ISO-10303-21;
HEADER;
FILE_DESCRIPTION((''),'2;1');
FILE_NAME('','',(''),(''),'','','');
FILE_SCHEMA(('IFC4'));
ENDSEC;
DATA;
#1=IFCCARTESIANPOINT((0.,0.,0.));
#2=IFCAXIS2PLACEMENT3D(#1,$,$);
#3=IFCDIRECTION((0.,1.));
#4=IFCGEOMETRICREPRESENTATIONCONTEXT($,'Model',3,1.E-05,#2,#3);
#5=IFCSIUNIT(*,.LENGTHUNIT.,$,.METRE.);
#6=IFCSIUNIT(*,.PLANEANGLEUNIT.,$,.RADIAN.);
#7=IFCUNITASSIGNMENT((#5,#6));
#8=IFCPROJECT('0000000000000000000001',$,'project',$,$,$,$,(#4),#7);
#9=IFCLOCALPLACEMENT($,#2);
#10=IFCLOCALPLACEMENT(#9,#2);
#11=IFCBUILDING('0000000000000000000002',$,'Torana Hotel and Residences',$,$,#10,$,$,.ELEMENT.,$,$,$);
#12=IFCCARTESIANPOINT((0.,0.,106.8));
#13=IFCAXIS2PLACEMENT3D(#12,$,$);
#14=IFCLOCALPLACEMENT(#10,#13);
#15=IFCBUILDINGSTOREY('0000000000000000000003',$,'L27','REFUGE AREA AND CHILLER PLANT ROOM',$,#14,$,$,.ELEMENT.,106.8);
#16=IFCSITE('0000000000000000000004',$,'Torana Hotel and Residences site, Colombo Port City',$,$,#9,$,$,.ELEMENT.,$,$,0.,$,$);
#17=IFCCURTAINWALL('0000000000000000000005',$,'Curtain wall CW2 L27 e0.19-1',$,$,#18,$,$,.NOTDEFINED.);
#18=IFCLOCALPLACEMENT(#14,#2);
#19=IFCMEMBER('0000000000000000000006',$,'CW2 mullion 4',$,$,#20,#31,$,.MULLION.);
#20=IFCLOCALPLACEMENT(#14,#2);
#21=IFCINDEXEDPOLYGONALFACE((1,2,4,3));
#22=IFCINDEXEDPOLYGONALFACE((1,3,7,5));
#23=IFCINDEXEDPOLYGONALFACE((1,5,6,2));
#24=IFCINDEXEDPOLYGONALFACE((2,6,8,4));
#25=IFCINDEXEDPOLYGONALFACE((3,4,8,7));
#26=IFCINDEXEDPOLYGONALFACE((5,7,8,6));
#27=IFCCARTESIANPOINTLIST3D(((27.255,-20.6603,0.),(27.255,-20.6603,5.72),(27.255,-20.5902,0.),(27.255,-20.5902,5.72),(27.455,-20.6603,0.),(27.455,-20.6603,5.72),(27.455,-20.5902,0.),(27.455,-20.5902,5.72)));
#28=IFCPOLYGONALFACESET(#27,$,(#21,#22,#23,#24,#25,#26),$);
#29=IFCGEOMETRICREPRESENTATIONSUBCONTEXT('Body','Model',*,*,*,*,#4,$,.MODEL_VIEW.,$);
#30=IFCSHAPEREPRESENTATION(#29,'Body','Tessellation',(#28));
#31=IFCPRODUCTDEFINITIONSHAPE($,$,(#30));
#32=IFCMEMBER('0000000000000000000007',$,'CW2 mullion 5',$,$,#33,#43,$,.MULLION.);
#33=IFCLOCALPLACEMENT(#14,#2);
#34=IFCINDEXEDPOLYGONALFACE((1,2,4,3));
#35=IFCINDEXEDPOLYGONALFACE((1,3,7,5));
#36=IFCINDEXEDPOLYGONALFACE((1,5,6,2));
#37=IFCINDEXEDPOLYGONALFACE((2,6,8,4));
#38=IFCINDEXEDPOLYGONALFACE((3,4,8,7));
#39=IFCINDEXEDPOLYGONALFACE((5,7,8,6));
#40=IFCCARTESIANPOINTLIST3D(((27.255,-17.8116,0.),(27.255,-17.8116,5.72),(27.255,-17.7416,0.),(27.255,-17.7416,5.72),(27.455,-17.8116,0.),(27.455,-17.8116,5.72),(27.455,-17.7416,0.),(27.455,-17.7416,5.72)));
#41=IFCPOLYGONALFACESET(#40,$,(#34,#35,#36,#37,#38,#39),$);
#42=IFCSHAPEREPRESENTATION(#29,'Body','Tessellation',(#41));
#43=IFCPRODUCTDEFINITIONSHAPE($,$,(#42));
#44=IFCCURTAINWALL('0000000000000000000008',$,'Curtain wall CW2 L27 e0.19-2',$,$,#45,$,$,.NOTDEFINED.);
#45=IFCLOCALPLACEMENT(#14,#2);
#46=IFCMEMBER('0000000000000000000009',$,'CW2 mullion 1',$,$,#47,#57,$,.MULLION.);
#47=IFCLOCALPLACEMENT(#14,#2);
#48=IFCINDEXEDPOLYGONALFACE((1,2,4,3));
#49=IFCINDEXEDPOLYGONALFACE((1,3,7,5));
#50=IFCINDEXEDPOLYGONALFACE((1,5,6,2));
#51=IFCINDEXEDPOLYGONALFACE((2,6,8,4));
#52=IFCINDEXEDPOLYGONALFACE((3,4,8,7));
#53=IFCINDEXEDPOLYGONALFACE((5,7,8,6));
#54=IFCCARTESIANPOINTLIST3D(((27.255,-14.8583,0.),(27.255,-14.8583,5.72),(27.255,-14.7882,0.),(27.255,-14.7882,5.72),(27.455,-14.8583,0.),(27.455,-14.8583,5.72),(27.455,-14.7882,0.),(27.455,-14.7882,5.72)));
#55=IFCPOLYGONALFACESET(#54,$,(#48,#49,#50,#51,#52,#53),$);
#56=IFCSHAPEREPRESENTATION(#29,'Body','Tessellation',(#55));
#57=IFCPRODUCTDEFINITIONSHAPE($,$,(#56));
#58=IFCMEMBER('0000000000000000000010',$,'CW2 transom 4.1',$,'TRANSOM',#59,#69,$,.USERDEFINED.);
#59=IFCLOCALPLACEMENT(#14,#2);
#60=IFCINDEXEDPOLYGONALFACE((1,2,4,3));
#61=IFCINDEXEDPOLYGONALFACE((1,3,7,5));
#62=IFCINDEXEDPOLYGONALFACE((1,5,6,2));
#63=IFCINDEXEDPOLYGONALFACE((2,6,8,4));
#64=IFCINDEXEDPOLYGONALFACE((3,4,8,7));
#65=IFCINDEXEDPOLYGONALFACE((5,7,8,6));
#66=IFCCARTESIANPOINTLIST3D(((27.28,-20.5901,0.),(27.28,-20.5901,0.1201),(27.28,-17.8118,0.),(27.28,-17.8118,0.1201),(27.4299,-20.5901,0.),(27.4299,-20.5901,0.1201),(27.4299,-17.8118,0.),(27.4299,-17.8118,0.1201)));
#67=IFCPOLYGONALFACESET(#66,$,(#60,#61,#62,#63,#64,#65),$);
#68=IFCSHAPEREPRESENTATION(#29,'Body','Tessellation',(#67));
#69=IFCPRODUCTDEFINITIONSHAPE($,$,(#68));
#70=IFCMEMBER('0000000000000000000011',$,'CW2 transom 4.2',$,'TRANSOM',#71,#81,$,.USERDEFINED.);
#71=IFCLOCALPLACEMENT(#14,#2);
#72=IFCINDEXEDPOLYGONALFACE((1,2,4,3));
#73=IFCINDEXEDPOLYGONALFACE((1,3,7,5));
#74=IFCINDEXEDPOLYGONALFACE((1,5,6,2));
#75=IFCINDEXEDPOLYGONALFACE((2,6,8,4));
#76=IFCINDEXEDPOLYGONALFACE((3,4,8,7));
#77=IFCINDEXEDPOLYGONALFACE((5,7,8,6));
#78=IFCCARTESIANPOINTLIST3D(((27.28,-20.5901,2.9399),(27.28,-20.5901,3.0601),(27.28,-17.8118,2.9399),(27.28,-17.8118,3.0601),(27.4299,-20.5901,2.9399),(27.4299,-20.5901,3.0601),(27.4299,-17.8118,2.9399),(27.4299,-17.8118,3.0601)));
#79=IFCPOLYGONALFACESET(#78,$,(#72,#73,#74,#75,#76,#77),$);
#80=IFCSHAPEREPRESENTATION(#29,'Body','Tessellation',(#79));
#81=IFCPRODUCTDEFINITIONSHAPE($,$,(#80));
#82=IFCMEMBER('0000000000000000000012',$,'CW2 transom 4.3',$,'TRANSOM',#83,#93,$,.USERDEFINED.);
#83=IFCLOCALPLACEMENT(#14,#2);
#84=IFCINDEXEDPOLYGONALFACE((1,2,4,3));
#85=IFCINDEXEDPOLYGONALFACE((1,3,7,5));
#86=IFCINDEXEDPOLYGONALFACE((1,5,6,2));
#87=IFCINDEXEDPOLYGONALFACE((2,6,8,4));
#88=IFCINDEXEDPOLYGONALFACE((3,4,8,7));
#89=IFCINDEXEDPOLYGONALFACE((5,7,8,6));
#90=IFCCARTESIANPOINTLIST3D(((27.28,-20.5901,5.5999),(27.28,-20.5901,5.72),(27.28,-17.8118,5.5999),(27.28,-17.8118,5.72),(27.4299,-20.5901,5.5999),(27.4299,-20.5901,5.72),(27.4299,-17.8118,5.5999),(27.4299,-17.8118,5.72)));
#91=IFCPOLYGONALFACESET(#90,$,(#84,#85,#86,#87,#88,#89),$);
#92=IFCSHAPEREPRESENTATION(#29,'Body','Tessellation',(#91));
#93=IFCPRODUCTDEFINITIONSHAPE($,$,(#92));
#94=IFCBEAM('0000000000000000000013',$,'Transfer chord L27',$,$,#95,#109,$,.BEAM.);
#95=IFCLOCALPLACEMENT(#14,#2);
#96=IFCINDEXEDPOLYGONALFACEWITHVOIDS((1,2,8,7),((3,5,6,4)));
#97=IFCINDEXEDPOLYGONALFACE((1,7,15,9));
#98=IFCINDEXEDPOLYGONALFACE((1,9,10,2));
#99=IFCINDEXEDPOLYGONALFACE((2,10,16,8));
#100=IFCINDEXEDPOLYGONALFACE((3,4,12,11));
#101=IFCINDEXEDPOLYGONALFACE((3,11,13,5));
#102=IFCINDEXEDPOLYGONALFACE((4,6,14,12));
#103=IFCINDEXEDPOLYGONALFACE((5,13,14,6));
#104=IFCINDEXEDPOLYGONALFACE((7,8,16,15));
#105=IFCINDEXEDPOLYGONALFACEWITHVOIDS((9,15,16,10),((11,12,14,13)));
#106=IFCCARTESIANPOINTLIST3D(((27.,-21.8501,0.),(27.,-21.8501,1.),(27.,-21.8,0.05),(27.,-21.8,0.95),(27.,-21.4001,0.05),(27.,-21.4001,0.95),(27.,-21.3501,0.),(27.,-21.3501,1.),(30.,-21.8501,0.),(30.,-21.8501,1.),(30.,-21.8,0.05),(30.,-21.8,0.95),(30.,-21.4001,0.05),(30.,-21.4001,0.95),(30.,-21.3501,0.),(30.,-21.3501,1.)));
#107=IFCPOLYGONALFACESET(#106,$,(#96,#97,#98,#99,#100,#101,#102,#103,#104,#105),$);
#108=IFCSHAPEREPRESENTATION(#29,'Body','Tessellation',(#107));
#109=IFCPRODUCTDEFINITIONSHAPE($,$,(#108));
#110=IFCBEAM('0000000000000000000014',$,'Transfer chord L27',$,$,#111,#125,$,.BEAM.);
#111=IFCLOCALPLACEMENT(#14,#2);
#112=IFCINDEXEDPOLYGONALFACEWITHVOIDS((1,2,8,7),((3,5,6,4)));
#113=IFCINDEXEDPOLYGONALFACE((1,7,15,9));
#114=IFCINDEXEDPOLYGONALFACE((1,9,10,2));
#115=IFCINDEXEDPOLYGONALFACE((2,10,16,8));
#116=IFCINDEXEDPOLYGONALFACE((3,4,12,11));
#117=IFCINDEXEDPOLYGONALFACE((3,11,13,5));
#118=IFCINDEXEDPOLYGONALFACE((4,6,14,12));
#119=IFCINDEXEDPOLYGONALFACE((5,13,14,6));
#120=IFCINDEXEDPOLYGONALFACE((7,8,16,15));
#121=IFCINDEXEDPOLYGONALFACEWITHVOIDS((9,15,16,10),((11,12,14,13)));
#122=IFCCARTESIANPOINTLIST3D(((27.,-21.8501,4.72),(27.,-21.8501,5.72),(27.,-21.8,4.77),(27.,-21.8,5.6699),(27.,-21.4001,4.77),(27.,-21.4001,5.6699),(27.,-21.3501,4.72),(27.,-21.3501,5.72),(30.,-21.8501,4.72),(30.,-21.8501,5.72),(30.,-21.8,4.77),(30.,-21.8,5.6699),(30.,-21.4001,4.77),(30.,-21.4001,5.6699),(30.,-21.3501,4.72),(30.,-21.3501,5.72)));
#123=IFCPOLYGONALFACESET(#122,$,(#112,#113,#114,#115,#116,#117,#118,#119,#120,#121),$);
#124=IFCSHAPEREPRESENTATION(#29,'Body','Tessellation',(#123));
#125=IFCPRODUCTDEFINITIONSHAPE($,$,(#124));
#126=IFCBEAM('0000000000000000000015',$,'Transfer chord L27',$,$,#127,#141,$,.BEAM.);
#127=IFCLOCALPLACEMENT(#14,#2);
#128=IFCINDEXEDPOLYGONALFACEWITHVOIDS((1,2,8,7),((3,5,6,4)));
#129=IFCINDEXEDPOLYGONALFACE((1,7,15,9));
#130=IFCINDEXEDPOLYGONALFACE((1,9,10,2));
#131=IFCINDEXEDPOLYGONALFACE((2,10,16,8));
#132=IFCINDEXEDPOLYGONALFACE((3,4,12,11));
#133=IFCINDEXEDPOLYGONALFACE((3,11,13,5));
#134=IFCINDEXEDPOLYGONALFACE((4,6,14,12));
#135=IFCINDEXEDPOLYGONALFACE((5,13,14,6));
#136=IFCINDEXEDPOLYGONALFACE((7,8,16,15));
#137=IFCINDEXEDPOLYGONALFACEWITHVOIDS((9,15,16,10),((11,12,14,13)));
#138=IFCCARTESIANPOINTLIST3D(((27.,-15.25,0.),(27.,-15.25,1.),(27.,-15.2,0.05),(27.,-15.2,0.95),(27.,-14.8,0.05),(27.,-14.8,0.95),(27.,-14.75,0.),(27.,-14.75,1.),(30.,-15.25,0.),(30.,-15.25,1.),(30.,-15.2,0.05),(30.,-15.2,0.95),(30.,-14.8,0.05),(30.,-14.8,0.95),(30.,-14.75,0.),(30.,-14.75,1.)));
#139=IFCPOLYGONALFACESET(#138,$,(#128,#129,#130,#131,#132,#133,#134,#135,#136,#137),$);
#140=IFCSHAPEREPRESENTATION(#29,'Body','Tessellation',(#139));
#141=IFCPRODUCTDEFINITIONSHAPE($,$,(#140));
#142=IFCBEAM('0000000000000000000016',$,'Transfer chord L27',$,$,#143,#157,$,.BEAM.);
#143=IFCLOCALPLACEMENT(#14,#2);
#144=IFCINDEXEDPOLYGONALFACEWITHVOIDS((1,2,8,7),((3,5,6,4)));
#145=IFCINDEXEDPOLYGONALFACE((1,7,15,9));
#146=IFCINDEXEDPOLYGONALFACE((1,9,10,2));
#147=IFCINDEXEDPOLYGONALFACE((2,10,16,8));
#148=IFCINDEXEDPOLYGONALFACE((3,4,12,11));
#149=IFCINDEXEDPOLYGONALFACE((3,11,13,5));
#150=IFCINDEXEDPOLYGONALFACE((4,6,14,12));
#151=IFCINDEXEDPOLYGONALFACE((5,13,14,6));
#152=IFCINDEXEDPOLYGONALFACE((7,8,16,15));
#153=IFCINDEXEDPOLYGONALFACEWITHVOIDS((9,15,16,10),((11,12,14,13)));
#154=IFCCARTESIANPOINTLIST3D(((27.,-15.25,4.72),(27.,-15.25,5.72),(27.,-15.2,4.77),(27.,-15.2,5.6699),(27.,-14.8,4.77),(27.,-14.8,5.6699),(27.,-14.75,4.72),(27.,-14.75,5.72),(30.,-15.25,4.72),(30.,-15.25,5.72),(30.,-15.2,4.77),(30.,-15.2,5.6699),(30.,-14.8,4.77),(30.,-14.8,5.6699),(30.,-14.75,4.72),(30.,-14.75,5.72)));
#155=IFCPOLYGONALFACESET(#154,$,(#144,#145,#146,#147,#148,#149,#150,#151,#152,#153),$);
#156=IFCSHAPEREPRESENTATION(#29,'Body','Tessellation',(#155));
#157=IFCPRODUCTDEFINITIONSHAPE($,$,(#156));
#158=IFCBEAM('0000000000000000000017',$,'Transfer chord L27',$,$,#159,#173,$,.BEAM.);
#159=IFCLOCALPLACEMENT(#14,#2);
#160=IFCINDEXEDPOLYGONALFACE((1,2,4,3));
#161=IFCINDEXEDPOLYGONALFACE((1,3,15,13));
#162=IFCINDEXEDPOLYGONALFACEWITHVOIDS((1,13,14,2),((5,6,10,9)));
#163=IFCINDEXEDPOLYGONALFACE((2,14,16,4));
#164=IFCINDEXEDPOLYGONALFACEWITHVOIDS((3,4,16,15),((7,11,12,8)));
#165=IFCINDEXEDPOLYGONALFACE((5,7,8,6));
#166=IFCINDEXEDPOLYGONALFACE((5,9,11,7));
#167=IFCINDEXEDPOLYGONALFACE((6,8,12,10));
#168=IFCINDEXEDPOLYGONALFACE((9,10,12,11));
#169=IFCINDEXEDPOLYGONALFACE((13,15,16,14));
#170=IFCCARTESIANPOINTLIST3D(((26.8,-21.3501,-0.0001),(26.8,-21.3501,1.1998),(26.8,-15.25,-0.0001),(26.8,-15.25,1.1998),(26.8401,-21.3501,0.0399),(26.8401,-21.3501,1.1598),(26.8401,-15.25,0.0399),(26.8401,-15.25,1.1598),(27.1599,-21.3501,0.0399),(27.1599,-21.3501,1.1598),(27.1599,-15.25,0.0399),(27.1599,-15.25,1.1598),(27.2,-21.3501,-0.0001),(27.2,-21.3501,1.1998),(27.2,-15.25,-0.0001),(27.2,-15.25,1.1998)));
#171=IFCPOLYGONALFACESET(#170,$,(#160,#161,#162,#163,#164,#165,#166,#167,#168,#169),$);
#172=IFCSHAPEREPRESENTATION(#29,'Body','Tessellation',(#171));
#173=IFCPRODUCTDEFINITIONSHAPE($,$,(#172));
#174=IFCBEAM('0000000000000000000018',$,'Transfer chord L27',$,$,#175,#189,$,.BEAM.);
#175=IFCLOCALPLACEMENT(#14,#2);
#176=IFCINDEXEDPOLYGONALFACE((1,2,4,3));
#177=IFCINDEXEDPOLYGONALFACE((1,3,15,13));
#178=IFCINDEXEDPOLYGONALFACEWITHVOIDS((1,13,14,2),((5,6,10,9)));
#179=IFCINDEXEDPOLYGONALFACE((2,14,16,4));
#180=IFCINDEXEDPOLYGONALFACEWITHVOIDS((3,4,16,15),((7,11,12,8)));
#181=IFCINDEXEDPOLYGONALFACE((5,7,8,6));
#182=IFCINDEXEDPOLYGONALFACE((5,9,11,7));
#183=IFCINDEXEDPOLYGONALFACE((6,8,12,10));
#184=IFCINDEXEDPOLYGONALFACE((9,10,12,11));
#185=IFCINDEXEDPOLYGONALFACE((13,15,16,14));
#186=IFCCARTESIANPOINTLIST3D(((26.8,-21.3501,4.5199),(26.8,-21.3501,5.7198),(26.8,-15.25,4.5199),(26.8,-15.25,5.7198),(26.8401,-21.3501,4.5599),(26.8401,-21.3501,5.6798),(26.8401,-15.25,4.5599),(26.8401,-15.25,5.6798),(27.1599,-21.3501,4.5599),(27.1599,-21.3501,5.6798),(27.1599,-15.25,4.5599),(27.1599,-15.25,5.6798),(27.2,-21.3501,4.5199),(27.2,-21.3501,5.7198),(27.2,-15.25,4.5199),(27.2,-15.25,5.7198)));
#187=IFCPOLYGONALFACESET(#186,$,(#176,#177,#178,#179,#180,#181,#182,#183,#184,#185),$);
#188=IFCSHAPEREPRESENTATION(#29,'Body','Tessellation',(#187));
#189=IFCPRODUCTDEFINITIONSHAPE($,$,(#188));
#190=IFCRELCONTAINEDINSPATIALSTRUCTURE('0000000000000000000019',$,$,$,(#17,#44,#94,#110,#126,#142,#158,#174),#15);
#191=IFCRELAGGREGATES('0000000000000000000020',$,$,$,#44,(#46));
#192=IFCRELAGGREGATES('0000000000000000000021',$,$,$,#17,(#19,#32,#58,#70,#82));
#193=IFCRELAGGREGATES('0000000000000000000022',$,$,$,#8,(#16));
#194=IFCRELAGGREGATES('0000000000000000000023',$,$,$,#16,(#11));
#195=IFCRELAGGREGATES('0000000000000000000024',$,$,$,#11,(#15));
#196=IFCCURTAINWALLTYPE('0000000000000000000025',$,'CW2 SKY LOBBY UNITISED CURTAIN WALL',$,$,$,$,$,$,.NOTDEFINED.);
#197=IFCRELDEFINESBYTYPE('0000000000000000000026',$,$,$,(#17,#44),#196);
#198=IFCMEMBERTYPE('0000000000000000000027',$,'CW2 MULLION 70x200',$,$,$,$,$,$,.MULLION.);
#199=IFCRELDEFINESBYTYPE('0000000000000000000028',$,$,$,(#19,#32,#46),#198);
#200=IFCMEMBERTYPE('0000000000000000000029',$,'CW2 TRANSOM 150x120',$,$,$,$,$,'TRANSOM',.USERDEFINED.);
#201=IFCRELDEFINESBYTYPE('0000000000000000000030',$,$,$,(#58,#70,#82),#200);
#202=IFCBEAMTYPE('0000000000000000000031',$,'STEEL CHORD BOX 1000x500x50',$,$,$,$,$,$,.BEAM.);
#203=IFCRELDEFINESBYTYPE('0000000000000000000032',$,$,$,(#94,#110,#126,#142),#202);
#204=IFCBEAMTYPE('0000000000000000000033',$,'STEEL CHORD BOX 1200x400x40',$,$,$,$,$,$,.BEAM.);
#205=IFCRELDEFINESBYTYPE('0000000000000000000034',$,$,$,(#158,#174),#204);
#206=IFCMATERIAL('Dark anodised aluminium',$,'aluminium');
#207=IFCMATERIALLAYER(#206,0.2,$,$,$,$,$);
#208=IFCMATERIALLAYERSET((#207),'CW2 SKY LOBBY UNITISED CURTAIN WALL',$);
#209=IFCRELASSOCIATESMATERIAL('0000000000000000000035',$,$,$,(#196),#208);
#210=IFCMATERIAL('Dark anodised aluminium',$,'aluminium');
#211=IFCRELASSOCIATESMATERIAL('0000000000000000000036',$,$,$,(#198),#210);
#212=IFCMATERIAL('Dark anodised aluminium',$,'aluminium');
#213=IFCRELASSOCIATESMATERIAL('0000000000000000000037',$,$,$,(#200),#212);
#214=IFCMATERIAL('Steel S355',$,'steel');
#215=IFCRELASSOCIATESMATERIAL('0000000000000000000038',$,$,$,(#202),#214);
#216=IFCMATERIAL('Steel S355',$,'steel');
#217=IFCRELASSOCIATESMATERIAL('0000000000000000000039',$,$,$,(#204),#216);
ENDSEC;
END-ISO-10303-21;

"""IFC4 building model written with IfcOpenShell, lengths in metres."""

from ifc_helpers import new_model, si_unit, direction, frame, origin, origin_2d, place, context, subcontext, project, spatial, rectangle, hollow_rectangle, extrude, material, layer, layer_set, material_profile, profile_set, type_object, element, aggregate, save


model = new_model("IFC4")

# Units and contexts
model_context = context("Model", 3, precision=1e-05, world=origin(), true_north=direction((0.0, 1.0)))
body_context = subcontext(model_context, "Body", "Model", "MODEL_VIEW")
ifc_project = project(units=[si_unit("LENGTHUNIT", "METRE"), si_unit("PLANEANGLEUNIT", "RADIAN")], contexts=[model_context])

# Site, building, storey
site_placement = place(None, origin())
site = spatial("IfcSite", under=ifc_project, at=site_placement, Name="Torana Hotel and Residences site, Colombo Port City", CompositionType="ELEMENT", RefElevation=0.0)
building_placement = place(site_placement, origin())
building = spatial("IfcBuilding", under=site, at=building_placement, Name="Torana Hotel and Residences", CompositionType="ELEMENT")
storey_placement = place(building_placement, frame((0.0, 0.0, 106.8)))
storey = spatial("IfcBuildingStorey", under=building, at=storey_placement, Name="L27", Description="REFUGE AREA AND CHILLER PLANT ROOM", CompositionType="ELEMENT", Elevation=106.8)

# Curtain wall, members
ifc_material_1 = material(Name="Dark anodised aluminium", Category="aluminium")
ifc_layer_1 = layer(ifc_material_1, 0.2)
ifc_layer_set_1 = layer_set([ifc_layer_1], Name="CW2 SKY LOBBY UNITISED CURTAIN WALL")
curtain_wall_type = type_object("IfcCurtainWallType", Name="CW2 SKY LOBBY UNITISED CURTAIN WALL", PredefinedType="NOTDEFINED", material=ifc_layer_set_1)
curtain_wall_1_placement = place(storey_placement, origin())
curtain_wall_1 = element("IfcCurtainWall", 1, at=curtain_wall_1_placement, inside=storey, type_object=curtain_wall_type, Name="Curtain wall CW2 L27 e0.19-1", PredefinedType="NOTDEFINED")
ifc_material_2 = material(Name="Dark anodised aluminium", Category="aluminium")
ifc_material_profile_1 = material_profile(ifc_material_2, rectangle(XDim=0.2, YDim=0.0701, at=origin_2d()), Name="CW2 MULLION 70x200")
ifc_profile_set_1 = profile_set([ifc_material_profile_1], Name="Dark anodised aluminium")
member_type_1 = type_object("IfcMemberType", Name="CW2 MULLION 70x200", PredefinedType="MULLION", material=ifc_profile_set_1)
member_1_placement = place(storey_placement, frame((27.355, -20.6252, 0.0), z_axis=(0.0, 0.0, 1.0), x_axis=(-1.0, 0.0, 0.0)))
member_1 = element("IfcMember", 2, at=member_1_placement, type_object=member_type_1, Name="CW2 mullion 4", PredefinedType="MULLION", context=body_context, shape_type="SweptSolid", body=[
    extrude(rectangle(XDim=0.2, YDim=0.0701, at=origin_2d()), origin(), (0.0, 0.0, 1.0), 5.72),
])
member_2_placement = place(storey_placement, frame((27.355, -17.7766, 0.0), z_axis=(0.0, 0.0, 1.0), x_axis=(-1.0, 0.0, 0.0)))
member_2 = element("IfcMember", 3, at=member_2_placement, type_object=member_type_1, Name="CW2 mullion 5", PredefinedType="MULLION", context=body_context, shape_type="SweptSolid", body=[
    extrude(rectangle(XDim=0.2, YDim=0.0701, at=origin_2d()), origin(), (0.0, 0.0, 1.0), 5.72),
])

# Curtain wall, member
curtain_wall_2_placement = place(storey_placement, origin())
curtain_wall_2 = element("IfcCurtainWall", 4, at=curtain_wall_2_placement, inside=storey, type_object=curtain_wall_type, Name="Curtain wall CW2 L27 e0.19-2", PredefinedType="NOTDEFINED")
member_3_placement = place(storey_placement, frame((27.355, -14.8232, 0.0), z_axis=(0.0, 0.0, 1.0), x_axis=(-1.0, 0.0, 0.0)))
member_3 = element("IfcMember", 5, at=member_3_placement, type_object=member_type_1, Name="CW2 mullion 1", PredefinedType="MULLION", context=body_context, shape_type="SweptSolid", body=[
    extrude(rectangle(XDim=0.2, YDim=0.0701, at=origin_2d()), origin(), (0.0, 0.0, 1.0), 5.72),
])
aggregate(curtain_wall_2, [member_3])

# Members
ifc_material_3 = material(Name="Dark anodised aluminium", Category="aluminium")
ifc_material_profile_2 = material_profile(ifc_material_3, rectangle(XDim=0.1499, YDim=0.1201, at=origin_2d()), Name="CW2 TRANSOM 150x120")
ifc_profile_set_2 = profile_set([ifc_material_profile_2], Name="Dark anodised aluminium")
member_type_2 = type_object("IfcMemberType", Name="CW2 TRANSOM 150x120", ElementType="TRANSOM", PredefinedType="USERDEFINED", material=ifc_profile_set_2)
member_4_placement = place(storey_placement, frame((27.355, -20.5901, 0.0601), z_axis=(0.0, 1.0, 0.0), x_axis=(-1.0, 0.0, 0.0)))
member_4 = element("IfcMember", 6, at=member_4_placement, type_object=member_type_2, Name="CW2 transom 4.1", ObjectType="TRANSOM", PredefinedType="USERDEFINED", context=body_context, shape_type="SweptSolid", body=[
    extrude(rectangle(XDim=0.1499, YDim=0.1201, at=origin_2d()), origin(), (0.0, 0.0, 1.0), 2.7783),
])
member_5_placement = place(storey_placement, frame((27.355, -20.5901, 3.0), z_axis=(0.0, 1.0, 0.0), x_axis=(-1.0, 0.0, 0.0)))
member_5 = element("IfcMember", 7, at=member_5_placement, type_object=member_type_2, Name="CW2 transom 4.2", ObjectType="TRANSOM", PredefinedType="USERDEFINED", context=body_context, shape_type="SweptSolid", body=[
    extrude(rectangle(XDim=0.1499, YDim=0.1201, at=origin_2d()), origin(), (0.0, 0.0, 1.0), 2.7783),
])
member_6_placement = place(storey_placement, frame((27.355, -20.5901, 5.6599), z_axis=(0.0, 1.0, 0.0), x_axis=(-1.0, 0.0, 0.0)))
member_6 = element("IfcMember", 8, at=member_6_placement, type_object=member_type_2, Name="CW2 transom 4.3", ObjectType="TRANSOM", PredefinedType="USERDEFINED", context=body_context, shape_type="SweptSolid", body=[
    extrude(rectangle(XDim=0.1499, YDim=0.1201, at=origin_2d()), origin(), (0.0, 0.0, 1.0), 2.7783),
])

# Beams
ifc_material_4 = material(Name="Steel S355", Category="steel")
ifc_material_profile_3 = material_profile(ifc_material_4, hollow_rectangle(XDim=0.5, YDim=1.0, WallThickness=0.05, at=origin_2d()), Name="BOX 1000x500x50")
ifc_profile_set_3 = profile_set([ifc_material_profile_3], Name="Steel S355")
beam_type_1 = type_object("IfcBeamType", Name="STEEL CHORD BOX 1000x500x50", PredefinedType="BEAM", material=ifc_profile_set_3)
for number, where, z_axis, x_axis, name in (
    (9, (27.0, -21.6001, 0.5), (1.0, 0.0, 0.0), (0.0, 1.0, 0.0), "Transfer chord L27"),
    (10, (27.0, -21.6001, 5.22), (1.0, 0.0, 0.0), (0.0, 1.0, 0.0), "Transfer chord L27"),
    (11, (27.0, -15.0, 0.5), (1.0, 0.0, 0.0), (0.0, 1.0, 0.0), "Transfer chord L27"),
    (12, (27.0, -15.0, 5.22), (1.0, 0.0, 0.0), (0.0, 1.0, 0.0), "Transfer chord L27"),
):
    element("IfcBeam", number, at=place(storey_placement, frame(where, z_axis=z_axis, x_axis=x_axis)), inside=storey, type_object=beam_type_1, Name=name, PredefinedType="BEAM", context=body_context, shape_type="SweptSolid", body=[
        extrude(hollow_rectangle(XDim=0.5, YDim=1.0, WallThickness=0.05, at=origin_2d()), origin(), (0.0, 0.0, 1.0), 3.0),
    ])
ifc_material_5 = material(Name="Steel S355", Category="steel")
ifc_material_profile_4 = material_profile(ifc_material_5, hollow_rectangle(XDim=0.3999, YDim=1.2, WallThickness=0.04, at=origin_2d()), Name="BOX 1200x400x40")
ifc_profile_set_4 = profile_set([ifc_material_profile_4], Name="Steel S355")
beam_type_2 = type_object("IfcBeamType", Name="STEEL CHORD BOX 1200x400x40", PredefinedType="BEAM", material=ifc_profile_set_4)
for number, where, z_axis, x_axis, name in (
    (13, (27.0, -21.3501, 0.5999), (0.0, 1.0, 0.0), (-1.0, 0.0, 0.0), "Transfer chord L27"),
    (14, (27.0, -21.3501, 5.1199), (0.0, 1.0, 0.0), (-1.0, 0.0, 0.0), "Transfer chord L27"),
):
    element("IfcBeam", number, at=place(storey_placement, frame(where, z_axis=z_axis, x_axis=x_axis)), inside=storey, type_object=beam_type_2, Name=name, PredefinedType="BEAM", context=body_context, shape_type="SweptSolid", body=[
        extrude(hollow_rectangle(XDim=0.3999, YDim=1.2, WallThickness=0.04, at=origin_2d()), origin(), (0.0, 0.0, 1.0), 6.1001),
    ])

aggregate(curtain_wall_1, [member_1, member_2, member_4, member_5, member_6])

save(model, "model.ifc")
